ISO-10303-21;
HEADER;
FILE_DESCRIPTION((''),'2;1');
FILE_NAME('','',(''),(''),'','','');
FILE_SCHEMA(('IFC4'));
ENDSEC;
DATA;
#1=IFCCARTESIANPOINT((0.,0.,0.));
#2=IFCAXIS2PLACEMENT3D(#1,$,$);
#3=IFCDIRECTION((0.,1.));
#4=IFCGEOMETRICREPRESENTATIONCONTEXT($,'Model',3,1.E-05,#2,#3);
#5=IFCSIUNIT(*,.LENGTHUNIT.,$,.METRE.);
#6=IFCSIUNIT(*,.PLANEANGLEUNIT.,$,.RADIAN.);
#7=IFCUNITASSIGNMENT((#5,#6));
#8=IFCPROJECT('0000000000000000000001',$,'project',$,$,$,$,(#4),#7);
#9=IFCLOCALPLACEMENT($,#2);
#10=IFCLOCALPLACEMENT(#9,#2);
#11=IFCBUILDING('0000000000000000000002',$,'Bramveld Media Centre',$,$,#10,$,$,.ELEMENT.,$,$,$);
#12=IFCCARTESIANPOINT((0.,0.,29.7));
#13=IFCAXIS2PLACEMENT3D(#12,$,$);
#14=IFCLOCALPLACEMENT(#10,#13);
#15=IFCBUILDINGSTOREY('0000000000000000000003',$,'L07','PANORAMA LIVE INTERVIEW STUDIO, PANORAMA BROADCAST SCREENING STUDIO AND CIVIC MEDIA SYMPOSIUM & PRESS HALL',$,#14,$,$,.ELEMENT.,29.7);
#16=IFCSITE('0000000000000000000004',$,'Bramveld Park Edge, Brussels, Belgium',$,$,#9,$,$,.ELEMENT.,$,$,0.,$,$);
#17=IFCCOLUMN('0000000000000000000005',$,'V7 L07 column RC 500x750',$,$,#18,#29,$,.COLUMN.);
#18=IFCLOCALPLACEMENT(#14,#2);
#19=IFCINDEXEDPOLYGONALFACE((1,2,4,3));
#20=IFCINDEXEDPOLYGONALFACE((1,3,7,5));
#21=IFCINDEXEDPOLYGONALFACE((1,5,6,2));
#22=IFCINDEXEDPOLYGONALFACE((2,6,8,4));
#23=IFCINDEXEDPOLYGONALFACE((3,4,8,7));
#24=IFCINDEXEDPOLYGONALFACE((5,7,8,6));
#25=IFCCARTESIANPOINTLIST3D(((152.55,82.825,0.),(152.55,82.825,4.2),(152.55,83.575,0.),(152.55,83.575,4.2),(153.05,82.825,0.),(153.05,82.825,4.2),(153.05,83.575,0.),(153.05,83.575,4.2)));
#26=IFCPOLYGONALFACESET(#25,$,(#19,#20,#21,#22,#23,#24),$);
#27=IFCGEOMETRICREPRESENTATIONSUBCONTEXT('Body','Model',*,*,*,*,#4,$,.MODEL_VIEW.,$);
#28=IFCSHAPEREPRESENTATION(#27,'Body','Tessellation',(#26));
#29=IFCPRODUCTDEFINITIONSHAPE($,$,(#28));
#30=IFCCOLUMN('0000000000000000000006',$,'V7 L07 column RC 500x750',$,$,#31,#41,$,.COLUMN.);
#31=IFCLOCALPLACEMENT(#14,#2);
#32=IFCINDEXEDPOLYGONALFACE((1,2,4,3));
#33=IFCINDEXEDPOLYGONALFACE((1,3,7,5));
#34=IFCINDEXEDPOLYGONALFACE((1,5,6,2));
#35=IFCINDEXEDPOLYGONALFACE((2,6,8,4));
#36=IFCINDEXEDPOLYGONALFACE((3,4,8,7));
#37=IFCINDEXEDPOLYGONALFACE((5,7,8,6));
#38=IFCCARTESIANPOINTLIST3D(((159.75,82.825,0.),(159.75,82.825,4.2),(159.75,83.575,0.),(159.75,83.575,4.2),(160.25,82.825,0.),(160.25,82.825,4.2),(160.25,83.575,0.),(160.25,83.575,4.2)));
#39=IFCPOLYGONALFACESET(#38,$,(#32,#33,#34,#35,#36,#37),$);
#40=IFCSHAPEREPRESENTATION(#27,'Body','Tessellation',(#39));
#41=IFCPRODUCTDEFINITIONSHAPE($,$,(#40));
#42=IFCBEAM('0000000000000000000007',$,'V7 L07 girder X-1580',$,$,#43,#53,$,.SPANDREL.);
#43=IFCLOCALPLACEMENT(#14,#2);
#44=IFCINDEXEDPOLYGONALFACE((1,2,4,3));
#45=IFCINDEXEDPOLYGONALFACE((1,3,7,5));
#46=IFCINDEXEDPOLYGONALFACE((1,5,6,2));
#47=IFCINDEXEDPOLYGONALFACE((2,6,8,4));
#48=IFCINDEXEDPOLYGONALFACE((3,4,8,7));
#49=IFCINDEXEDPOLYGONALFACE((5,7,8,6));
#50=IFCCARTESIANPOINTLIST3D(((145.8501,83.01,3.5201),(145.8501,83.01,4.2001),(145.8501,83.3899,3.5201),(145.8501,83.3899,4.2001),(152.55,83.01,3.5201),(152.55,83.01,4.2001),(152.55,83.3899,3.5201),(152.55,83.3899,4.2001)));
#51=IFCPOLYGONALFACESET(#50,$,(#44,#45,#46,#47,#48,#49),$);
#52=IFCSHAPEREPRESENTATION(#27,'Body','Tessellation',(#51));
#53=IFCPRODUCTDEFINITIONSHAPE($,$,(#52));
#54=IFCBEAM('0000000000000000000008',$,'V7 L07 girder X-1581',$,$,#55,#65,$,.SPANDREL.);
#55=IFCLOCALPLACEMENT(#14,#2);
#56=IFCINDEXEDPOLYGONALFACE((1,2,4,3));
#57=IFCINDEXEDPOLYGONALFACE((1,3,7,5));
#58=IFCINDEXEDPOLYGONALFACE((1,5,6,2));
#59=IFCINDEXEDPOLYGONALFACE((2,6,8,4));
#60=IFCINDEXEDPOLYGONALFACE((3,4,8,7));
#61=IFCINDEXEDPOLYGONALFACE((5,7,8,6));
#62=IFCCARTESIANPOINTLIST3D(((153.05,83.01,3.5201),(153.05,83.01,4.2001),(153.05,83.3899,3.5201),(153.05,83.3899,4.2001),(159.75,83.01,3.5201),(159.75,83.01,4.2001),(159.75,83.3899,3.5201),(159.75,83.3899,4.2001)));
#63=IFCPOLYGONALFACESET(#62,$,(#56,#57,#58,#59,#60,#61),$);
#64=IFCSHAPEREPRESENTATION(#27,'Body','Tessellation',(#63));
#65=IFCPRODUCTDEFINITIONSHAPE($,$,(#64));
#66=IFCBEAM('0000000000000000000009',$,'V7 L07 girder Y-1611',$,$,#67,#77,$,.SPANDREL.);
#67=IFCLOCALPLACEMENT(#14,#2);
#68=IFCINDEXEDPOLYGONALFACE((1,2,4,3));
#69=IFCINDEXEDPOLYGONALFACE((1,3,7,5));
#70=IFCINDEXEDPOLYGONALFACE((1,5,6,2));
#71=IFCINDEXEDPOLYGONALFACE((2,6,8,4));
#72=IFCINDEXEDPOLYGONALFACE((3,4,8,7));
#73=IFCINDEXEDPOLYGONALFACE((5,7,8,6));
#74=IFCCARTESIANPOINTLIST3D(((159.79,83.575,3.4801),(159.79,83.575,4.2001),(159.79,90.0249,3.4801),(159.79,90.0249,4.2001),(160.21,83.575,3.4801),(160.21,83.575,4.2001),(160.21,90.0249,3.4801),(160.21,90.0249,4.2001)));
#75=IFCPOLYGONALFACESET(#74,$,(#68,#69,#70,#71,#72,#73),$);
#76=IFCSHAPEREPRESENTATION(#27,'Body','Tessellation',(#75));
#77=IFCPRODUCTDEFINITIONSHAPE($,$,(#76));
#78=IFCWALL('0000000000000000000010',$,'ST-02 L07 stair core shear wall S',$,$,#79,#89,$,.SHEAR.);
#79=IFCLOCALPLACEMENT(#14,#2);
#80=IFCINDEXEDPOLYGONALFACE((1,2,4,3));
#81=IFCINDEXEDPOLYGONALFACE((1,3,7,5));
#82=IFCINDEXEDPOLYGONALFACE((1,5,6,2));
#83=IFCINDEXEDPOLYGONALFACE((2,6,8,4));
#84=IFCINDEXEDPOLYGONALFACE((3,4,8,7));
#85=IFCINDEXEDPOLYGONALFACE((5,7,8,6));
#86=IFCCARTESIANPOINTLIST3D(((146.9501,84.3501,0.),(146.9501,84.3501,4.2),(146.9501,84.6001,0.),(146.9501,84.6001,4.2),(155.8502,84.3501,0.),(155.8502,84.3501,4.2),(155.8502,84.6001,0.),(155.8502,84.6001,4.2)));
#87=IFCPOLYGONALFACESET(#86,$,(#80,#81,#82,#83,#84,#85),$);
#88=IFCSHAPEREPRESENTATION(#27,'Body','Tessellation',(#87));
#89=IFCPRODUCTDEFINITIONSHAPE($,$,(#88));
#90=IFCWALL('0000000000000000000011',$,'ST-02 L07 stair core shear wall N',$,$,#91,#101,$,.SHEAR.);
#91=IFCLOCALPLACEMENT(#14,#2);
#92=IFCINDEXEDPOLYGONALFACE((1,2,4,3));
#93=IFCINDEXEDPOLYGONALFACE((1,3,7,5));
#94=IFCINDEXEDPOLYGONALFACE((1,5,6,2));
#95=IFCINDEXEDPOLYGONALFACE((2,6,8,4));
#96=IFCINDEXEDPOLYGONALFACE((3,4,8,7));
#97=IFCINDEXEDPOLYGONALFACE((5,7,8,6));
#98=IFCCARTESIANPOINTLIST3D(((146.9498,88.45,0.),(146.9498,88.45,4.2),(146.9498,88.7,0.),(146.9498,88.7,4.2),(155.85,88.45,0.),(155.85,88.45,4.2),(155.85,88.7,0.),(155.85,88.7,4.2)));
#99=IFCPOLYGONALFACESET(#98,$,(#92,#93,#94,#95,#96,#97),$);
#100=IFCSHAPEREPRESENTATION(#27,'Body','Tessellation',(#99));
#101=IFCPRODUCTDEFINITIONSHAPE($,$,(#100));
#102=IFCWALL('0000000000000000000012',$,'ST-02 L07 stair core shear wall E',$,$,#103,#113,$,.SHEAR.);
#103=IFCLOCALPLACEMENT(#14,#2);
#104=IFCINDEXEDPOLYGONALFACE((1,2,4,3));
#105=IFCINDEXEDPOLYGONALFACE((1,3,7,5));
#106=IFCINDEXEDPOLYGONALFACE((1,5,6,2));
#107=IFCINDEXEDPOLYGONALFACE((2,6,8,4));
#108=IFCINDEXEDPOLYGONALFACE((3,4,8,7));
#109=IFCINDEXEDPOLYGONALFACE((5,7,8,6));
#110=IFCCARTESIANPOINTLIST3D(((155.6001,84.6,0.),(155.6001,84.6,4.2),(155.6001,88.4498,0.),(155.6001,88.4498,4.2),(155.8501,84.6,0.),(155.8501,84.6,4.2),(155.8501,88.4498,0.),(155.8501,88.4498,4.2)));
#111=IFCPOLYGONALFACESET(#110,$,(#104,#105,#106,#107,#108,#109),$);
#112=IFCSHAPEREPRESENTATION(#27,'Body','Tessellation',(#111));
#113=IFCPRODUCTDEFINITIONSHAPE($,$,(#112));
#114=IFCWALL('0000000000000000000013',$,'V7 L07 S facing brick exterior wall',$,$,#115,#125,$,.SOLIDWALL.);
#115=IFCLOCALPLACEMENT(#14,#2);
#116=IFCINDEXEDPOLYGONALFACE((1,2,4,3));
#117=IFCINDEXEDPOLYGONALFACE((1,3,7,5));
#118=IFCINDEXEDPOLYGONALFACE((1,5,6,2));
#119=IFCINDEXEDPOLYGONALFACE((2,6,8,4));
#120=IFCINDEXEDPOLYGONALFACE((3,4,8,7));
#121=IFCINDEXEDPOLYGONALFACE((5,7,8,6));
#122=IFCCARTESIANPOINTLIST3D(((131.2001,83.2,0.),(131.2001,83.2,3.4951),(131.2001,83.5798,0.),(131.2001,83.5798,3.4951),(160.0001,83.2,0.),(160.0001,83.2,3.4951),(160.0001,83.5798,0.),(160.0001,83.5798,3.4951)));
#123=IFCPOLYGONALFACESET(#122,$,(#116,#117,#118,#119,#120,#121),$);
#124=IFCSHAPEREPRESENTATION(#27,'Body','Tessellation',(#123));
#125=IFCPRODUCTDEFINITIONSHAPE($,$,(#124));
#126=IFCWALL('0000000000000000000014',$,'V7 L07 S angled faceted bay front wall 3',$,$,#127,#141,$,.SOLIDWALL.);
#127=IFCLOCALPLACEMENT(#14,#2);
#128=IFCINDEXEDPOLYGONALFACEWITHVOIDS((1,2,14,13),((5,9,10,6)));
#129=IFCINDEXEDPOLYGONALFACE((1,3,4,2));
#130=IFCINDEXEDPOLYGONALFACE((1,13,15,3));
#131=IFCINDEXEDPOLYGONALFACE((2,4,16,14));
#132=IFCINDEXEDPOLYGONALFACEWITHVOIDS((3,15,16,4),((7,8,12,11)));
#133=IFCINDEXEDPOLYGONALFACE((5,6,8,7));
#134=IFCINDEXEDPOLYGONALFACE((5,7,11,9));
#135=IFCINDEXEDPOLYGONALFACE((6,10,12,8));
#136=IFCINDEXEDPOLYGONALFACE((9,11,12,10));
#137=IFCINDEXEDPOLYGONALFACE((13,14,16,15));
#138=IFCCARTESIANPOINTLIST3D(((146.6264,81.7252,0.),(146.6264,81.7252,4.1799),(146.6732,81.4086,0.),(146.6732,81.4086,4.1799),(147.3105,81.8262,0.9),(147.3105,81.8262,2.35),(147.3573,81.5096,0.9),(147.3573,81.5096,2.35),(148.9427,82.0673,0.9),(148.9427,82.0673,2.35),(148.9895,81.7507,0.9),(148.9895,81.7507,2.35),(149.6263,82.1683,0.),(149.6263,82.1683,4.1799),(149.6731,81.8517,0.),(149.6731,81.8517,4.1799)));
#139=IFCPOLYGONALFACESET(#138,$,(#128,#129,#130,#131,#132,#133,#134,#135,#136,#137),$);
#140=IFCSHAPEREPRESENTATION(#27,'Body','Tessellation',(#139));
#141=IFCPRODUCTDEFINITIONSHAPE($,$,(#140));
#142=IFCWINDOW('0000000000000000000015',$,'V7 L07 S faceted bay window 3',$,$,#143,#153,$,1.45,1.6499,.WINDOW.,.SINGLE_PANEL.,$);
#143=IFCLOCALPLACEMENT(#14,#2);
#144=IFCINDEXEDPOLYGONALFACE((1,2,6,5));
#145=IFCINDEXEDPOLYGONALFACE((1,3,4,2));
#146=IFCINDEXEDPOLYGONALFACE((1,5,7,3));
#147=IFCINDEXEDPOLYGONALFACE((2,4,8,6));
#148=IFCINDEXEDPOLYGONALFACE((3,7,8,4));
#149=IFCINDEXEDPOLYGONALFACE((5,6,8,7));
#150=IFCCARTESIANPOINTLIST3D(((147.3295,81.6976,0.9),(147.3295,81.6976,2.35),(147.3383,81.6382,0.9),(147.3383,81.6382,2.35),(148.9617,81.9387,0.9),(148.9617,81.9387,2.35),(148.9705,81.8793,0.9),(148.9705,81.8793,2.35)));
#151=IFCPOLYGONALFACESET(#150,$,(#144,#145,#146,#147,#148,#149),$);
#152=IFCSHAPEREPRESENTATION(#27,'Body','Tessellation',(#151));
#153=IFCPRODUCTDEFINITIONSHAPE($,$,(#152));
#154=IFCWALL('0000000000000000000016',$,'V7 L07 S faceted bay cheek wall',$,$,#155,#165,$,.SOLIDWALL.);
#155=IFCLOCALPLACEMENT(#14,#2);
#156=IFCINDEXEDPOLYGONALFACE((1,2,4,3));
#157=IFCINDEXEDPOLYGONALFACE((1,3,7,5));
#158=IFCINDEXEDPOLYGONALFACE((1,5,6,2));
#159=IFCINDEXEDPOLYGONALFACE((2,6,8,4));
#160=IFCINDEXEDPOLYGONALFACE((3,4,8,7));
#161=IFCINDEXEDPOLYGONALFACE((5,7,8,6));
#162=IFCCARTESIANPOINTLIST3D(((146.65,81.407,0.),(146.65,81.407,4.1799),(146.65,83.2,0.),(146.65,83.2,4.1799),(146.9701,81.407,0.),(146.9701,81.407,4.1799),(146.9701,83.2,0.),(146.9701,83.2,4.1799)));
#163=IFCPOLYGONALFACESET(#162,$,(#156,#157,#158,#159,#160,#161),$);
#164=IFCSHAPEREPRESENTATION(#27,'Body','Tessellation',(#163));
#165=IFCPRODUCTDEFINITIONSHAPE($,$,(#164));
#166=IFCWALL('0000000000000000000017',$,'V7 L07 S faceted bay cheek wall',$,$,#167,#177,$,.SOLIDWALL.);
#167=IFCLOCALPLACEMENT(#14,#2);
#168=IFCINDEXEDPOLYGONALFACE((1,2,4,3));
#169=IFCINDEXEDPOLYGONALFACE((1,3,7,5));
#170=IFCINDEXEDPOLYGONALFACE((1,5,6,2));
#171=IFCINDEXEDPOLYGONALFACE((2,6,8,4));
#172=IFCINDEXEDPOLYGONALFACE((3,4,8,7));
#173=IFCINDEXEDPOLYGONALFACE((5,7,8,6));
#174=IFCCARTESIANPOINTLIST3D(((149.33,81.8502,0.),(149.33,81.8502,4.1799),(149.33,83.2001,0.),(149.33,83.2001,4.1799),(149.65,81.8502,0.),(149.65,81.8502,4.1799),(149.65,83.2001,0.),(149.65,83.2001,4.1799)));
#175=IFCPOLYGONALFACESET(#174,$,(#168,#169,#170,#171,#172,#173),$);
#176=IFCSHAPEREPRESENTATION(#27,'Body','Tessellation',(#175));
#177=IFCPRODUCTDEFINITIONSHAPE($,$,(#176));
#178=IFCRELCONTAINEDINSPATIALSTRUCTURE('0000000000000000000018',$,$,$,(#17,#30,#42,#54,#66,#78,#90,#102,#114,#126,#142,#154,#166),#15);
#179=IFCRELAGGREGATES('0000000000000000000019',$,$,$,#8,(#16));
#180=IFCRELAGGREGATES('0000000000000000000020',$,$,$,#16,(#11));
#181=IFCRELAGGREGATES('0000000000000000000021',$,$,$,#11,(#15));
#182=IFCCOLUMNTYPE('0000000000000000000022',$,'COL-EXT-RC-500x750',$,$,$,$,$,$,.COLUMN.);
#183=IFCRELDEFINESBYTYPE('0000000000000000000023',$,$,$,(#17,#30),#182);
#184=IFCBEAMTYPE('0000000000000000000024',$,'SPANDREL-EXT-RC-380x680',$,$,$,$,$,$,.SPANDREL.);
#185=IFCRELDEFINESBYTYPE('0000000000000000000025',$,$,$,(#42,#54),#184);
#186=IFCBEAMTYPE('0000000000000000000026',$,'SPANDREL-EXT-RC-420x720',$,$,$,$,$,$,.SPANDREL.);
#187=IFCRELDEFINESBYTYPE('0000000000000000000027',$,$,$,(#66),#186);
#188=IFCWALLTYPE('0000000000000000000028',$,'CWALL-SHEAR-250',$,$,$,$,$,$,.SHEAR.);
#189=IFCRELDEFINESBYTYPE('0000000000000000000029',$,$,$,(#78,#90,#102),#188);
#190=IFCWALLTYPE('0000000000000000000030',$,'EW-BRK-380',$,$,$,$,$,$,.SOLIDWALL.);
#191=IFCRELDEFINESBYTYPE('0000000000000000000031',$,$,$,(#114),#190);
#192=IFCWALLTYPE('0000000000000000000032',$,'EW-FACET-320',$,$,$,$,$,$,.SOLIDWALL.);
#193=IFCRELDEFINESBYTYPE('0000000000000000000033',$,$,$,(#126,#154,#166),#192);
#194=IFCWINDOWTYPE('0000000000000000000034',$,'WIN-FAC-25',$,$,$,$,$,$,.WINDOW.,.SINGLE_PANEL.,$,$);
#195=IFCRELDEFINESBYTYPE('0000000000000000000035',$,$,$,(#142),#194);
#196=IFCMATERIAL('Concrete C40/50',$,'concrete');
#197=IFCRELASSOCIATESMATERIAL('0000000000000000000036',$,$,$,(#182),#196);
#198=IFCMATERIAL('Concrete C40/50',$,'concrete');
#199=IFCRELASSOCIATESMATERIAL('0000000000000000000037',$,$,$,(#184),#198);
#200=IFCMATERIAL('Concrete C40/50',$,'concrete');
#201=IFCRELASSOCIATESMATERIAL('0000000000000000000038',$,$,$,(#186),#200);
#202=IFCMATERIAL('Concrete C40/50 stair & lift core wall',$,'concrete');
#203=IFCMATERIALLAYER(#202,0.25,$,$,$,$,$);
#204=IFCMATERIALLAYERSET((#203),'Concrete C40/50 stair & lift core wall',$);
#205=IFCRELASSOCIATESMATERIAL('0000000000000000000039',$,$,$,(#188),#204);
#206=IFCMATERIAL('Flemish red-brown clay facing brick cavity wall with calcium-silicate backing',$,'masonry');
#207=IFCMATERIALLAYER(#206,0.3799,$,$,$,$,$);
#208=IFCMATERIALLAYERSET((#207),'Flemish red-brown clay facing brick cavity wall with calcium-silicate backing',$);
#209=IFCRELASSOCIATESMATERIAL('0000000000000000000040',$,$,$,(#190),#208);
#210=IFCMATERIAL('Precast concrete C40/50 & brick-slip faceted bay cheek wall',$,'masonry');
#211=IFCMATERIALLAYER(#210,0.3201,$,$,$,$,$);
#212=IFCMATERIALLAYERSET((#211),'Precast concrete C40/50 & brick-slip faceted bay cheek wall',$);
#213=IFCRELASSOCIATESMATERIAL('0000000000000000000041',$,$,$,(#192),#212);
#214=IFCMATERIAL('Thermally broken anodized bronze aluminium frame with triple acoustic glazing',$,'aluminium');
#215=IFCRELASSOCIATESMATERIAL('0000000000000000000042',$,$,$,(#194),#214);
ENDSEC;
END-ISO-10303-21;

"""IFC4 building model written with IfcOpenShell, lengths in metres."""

from ifc_helpers import new_model, si_unit, direction, frame, frame_2d, origin, origin_2d, place, context, subcontext, project, spatial, rectangle, extrude, material, layer, layer_set, material_profile, profile_set, type_object, element, fill, save


model = new_model("IFC4")

# Units and contexts
model_context = context("Model", 3, precision=1e-05, world=origin(), true_north=direction((0.0, 1.0)))
body_context = subcontext(model_context, "Body", "Model", "MODEL_VIEW")
ifc_project = project(units=[si_unit("LENGTHUNIT", "METRE"), si_unit("PLANEANGLEUNIT", "RADIAN")], contexts=[model_context])

# Site, building, storey
site_placement = place(None, origin())
site = spatial("IfcSite", under=ifc_project, at=site_placement, Name="Bramveld Park Edge, Brussels, Belgium", CompositionType="ELEMENT", RefElevation=0.0)
building_placement = place(site_placement, origin())
building = spatial("IfcBuilding", under=site, at=building_placement, Name="Bramveld Media Centre", CompositionType="ELEMENT")
storey_placement = place(building_placement, frame((0.0, 0.0, 29.7)))
storey = spatial("IfcBuildingStorey", under=building, at=storey_placement, Name="L07", Description="PANORAMA LIVE INTERVIEW STUDIO, PANORAMA BROADCAST SCREENING STUDIO AND CIVIC MEDIA SYMPOSIUM & PRESS HALL", CompositionType="ELEMENT", Elevation=29.7)

# Columns
ifc_material_1 = material(Name="Concrete C40/50", Category="concrete")
ifc_material_profile_1 = material_profile(ifc_material_1, rectangle(XDim=0.5, YDim=0.75, at=origin_2d()), Name="RC 500x750")
ifc_profile_set_1 = profile_set([ifc_material_profile_1], Name="Concrete C40/50")
column_type = type_object("IfcColumnType", Name="COL-EXT-RC-500x750", PredefinedType="COLUMN", material=ifc_profile_set_1)
for number, where, z_axis, x_axis, name in (
    (1, (152.8, 83.2, 0.0), (0.0, 0.0, 1.0), (1.0, 0.0, 0.0), "V7 L07 column RC 500x750"),
    (2, (160.0, 83.2, 0.0), (0.0, 0.0, 1.0), (1.0, 0.0, 0.0), "V7 L07 column RC 500x750"),
):
    element("IfcColumn", number, at=place(storey_placement, frame(where, z_axis=z_axis, x_axis=x_axis)), inside=storey, type_object=column_type, Name=name, PredefinedType="COLUMN", context=body_context, shape_type="SweptSolid", body=[
        extrude(rectangle(XDim=0.5, YDim=0.75, at=origin_2d()), origin(), (0.0, 0.0, 1.0), 4.2),
    ])

# Beams
ifc_material_2 = material(Name="Concrete C40/50", Category="concrete")
ifc_material_profile_2 = material_profile(ifc_material_2, rectangle(XDim=0.3799, YDim=0.6799, at=origin_2d()), Name="RC 380x680")
ifc_profile_set_2 = profile_set([ifc_material_profile_2], Name="Concrete C40/50")
beam_type_1 = type_object("IfcBeamType", Name="SPANDREL-EXT-RC-380x680", PredefinedType="SPANDREL", material=ifc_profile_set_2)
for number, where, z_axis, x_axis, name in (
    (3, (145.8501, 83.2, 3.8601), (1.0, 0.0, 0.0), (0.0, 1.0, 0.0), "V7 L07 girder X-1580"),
    (4, (153.05, 83.2, 3.8601), (1.0, 0.0, 0.0), (0.0, 1.0, 0.0), "V7 L07 girder X-1581"),
):
    element("IfcBeam", number, at=place(storey_placement, frame(where, z_axis=z_axis, x_axis=x_axis)), inside=storey, type_object=beam_type_1, Name=name, PredefinedType="SPANDREL", context=body_context, shape_type="SweptSolid", body=[
        extrude(rectangle(XDim=0.3799, YDim=0.6799, at=origin_2d()), origin(), (0.0, 0.0, 1.0), 6.7),
    ])
ifc_material_3 = material(Name="Concrete C40/50", Category="concrete")
ifc_material_profile_3 = material_profile(ifc_material_3, rectangle(XDim=0.4199, YDim=0.72, at=origin_2d()), Name="RC 420x720")
ifc_profile_set_3 = profile_set([ifc_material_profile_3], Name="Concrete C40/50")
beam_type_2 = type_object("IfcBeamType", Name="SPANDREL-EXT-RC-420x720", PredefinedType="SPANDREL", material=ifc_profile_set_3)
beam_placement = place(storey_placement, frame((160.0, 83.575, 3.8401), z_axis=(0.0, 1.0, 0.0), x_axis=(-1.0, 0.0, 0.0)))
element("IfcBeam", 5, at=beam_placement, inside=storey, type_object=beam_type_2, Name="V7 L07 girder Y-1611", PredefinedType="SPANDREL", context=body_context, shape_type="SweptSolid", body=[
    extrude(rectangle(XDim=0.4199, YDim=0.72, at=origin_2d()), origin(), (0.0, 0.0, 1.0), 6.45),
])

# Walls
ifc_material_4 = material(Name="Concrete C40/50 stair & lift core wall", Category="concrete")
ifc_layer_1 = layer(ifc_material_4, 0.25)
ifc_layer_set_1 = layer_set([ifc_layer_1], Name="Concrete C40/50 stair & lift core wall")
wall_type_1 = type_object("IfcWallType", Name="CWALL-SHEAR-250", PredefinedType="SHEAR", material=ifc_layer_set_1)
for number, where, z_axis, x_axis, name in (
    (6, (146.95, 84.4751, 0.0), (0.0, 0.0, 1.0), (1.0, 0.0, 0.0), "ST-02 L07 stair core shear wall S"),
    (7, (155.8501, 88.575, 0.0), (0.0, 0.0, 1.0), (-1.0, 0.0, 0.0), "ST-02 L07 stair core shear wall N"),
):
    element("IfcWall", number, at=place(storey_placement, frame(where, z_axis=z_axis, x_axis=x_axis)), inside=storey, type_object=wall_type_1, Name=name, PredefinedType="SHEAR", context=body_context, shape_type="SweptSolid", body=[
        extrude(rectangle(XDim=8.9001, YDim=0.25, at=frame_2d((4.4502, 0.0))), origin(), (0.0, 0.0, 1.0), 4.2),
    ])

# Walls
wall_1_placement = place(storey_placement, frame((155.7251, 84.6001, 0.0), z_axis=(0.0, 0.0, 1.0), x_axis=(0.0, 1.0, 0.0)))
element("IfcWall", 8, at=wall_1_placement, inside=storey, type_object=wall_type_1, Name="ST-02 L07 stair core shear wall E", PredefinedType="SHEAR", context=body_context, shape_type="SweptSolid", body=[
    extrude(rectangle(XDim=3.8499, YDim=0.25, at=frame_2d((1.9248, 0.0))), origin(), (0.0, 0.0, 1.0), 4.2),
])
ifc_material_5 = material(Name="Flemish red-brown clay facing brick cavity wall with calcium-silicate backing", Category="masonry")
ifc_layer_2 = layer(ifc_material_5, 0.3799)
ifc_layer_set_2 = layer_set([ifc_layer_2], Name="Flemish red-brown clay facing brick cavity wall with calcium-silicate backing")
wall_type_2 = type_object("IfcWallType", Name="EW-BRK-380", PredefinedType="SOLIDWALL", material=ifc_layer_set_2)
wall_2_placement = place(storey_placement, frame((160.0, 83.3899, 0.0), z_axis=(0.0, 0.0, 1.0), x_axis=(-1.0, 0.0, 0.0)))
element("IfcWall", 9, at=wall_2_placement, inside=storey, type_object=wall_type_2, Name="V7 L07 S facing brick exterior wall", PredefinedType="SOLIDWALL", context=body_context, shape_type="SweptSolid", body=[
    extrude(rectangle(XDim=28.8, YDim=0.3799, at=frame_2d((14.3999, 0.0))), origin(), (0.0, 0.0, 1.0), 3.4951),
])

# Wall, opening, window
ifc_material_6 = material(Name="Precast concrete C40/50 & brick-slip faceted bay cheek wall", Category="masonry")
ifc_layer_3 = layer(ifc_material_6, 0.3201)
ifc_layer_set_3 = layer_set([ifc_layer_3], Name="Precast concrete C40/50 & brick-slip faceted bay cheek wall")
wall_type_3 = type_object("IfcWallType", Name="EW-FACET-320", PredefinedType="SOLIDWALL", material=ifc_layer_set_3)
wall_3_placement = place(storey_placement, frame((146.6499, 81.5669, 0.0), z_axis=(0.0, 0.0, 1.0), x_axis=(0.989267, 0.14612, 0.0)))
wall_3 = element("IfcWall", 10, at=wall_3_placement, inside=storey, type_object=wall_type_3, Name="V7 L07 S angled faceted bay front wall 3", PredefinedType="SOLIDWALL", context=body_context, shape_type="SweptSolid", body=[
    extrude(rectangle(XDim=3.0325, YDim=0.3201, at=frame_2d((1.5161, 0.0))), origin(), (0.0, 0.0, 1.0), 4.1799),
])
opening_1_placement = place(wall_3_placement, frame((0.6914, 0.0, 0.8999)))
opening_1 = element("IfcOpeningElement", 11, at=opening_1_placement, cuts=wall_3, PredefinedType="OPENING", context=body_context, shape_type="SweptSolid", body=[
    extrude(rectangle(XDim=1.6499, YDim=1.45, at=frame_2d((0.825, 0.7251))), frame((0.0, 0.1719, 0.0), z_axis=(0.0, -1.0, 0.0), x_axis=(1.0, 0.0, 0.0)), (0.0, 0.0, 1.0), 0.344),
])
ifc_material_7 = material(Name="Thermally broken anodized bronze aluminium frame with triple acoustic glazing", Category="aluminium")
window_type_1 = type_object("IfcWindowType", Name="WIN-FAC-25", PartitioningType="SINGLE_PANEL", PredefinedType="WINDOW", material=ifc_material_7)
window_1_placement = place(opening_1_placement, origin())
window_1 = element("IfcWindow", 12, at=window_1_placement, inside=storey, type_object=window_type_1, Name="V7 L07 S faceted bay window 3", OverallHeight=1.45, OverallWidth=1.6499, PartitioningType="SINGLE_PANEL", PredefinedType="WINDOW", context=body_context, shape_type="SweptSolid", body=[
    extrude(rectangle(XDim=1.6499, YDim=1.45, at=frame_2d((0.825, 0.7251))), frame((0.0, 0.03, 0.0), z_axis=(0.0, -1.0, 0.0), x_axis=(1.0, 0.0, 0.0)), (0.0, 0.0, 1.0), 0.0601),
])
fill(opening_1, window_1)

# Walls
wall_4_placement = place(storey_placement, frame((146.8101, 83.2, 0.0), z_axis=(0.0, 0.0, 1.0), x_axis=(0.0, -1.0, 0.0)))
element("IfcWall", 13, at=wall_4_placement, inside=storey, type_object=wall_type_3, Name="V7 L07 S faceted bay cheek wall", PredefinedType="SOLIDWALL", context=body_context, shape_type="SweptSolid", body=[
    extrude(rectangle(XDim=1.793, YDim=0.3201, at=frame_2d((0.8965, 0.0))), origin(), (0.0, 0.0, 1.0), 4.1799),
])
wall_5_placement = place(storey_placement, frame((149.49, 83.2, 0.0), z_axis=(0.0, 0.0, 1.0), x_axis=(0.0, -1.0, 0.0)))
element("IfcWall", 14, at=wall_5_placement, inside=storey, type_object=wall_type_3, Name="V7 L07 S faceted bay cheek wall", PredefinedType="SOLIDWALL", context=body_context, shape_type="SweptSolid", body=[
    extrude(rectangle(XDim=1.3499, YDim=0.3201, at=frame_2d((0.6748, 0.0))), origin(), (0.0, 0.0, 1.0), 4.1799),
])

save(model, "model.ifc")
